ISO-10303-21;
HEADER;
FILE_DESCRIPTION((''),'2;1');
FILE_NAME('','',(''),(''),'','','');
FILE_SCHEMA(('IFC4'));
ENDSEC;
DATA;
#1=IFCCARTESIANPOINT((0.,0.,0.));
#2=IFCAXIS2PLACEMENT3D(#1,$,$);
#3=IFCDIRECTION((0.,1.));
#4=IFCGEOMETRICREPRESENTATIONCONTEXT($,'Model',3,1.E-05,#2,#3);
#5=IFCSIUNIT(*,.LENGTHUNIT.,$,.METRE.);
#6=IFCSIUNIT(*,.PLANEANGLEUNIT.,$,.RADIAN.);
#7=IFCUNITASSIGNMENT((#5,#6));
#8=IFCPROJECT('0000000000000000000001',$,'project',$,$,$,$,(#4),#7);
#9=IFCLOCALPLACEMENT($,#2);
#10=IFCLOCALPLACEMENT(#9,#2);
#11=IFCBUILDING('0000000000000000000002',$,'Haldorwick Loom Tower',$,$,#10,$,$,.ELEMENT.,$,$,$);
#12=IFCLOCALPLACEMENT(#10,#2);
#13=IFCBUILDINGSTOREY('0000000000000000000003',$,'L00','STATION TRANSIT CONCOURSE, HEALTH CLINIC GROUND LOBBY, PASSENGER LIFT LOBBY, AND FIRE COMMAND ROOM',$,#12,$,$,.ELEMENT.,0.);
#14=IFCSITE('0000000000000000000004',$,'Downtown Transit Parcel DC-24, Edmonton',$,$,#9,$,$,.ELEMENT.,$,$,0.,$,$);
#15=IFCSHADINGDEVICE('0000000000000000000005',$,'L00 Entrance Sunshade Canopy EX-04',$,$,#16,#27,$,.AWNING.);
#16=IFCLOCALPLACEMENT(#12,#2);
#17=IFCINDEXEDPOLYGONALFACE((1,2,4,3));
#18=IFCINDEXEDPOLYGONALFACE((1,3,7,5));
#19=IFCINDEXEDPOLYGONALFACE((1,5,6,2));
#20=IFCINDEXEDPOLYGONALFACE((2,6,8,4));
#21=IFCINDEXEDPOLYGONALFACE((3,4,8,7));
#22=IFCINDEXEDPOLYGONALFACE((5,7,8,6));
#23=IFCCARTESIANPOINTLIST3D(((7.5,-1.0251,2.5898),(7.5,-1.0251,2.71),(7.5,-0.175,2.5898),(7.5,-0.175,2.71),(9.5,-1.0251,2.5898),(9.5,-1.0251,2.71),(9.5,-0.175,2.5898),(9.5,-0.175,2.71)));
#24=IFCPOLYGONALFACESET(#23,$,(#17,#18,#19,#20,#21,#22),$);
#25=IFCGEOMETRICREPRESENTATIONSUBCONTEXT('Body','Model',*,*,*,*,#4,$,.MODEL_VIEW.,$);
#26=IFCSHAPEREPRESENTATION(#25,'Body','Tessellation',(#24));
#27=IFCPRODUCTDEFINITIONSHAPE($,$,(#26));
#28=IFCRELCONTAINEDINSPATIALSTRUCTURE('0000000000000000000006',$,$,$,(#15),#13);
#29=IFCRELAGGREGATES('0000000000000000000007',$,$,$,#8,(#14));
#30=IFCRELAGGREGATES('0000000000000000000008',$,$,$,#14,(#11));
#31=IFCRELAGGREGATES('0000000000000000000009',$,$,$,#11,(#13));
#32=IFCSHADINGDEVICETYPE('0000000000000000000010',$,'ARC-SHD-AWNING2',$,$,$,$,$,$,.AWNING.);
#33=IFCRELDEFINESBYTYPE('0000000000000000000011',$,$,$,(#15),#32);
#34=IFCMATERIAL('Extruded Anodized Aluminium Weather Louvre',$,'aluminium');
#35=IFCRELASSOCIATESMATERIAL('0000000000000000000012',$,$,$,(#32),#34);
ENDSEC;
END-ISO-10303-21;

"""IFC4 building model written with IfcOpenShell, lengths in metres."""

from ifc_helpers import new_model, si_unit, direction, frame, origin, origin_2d, place, context, subcontext, project, spatial, rectangle, extrude, material, type_object, element, save


model = new_model("IFC4")

# Units and contexts
model_context = context("Model", 3, precision=1e-05, world=origin(), true_north=direction((0.0, 1.0)))
body_context = subcontext(model_context, "Body", "Model", "MODEL_VIEW")
ifc_project = project(units=[si_unit("LENGTHUNIT", "METRE"), si_unit("PLANEANGLEUNIT", "RADIAN")], contexts=[model_context])

# Site, building, storey
site_placement = place(None, origin())
site = spatial("IfcSite", under=ifc_project, at=site_placement, Name="Downtown Transit Parcel DC-24, Edmonton", CompositionType="ELEMENT", RefElevation=0.0)
building_placement = place(site_placement, origin())
building = spatial("IfcBuilding", under=site, at=building_placement, Name="Haldorwick Loom Tower", CompositionType="ELEMENT")
storey_placement = place(building_placement, origin())
storey = spatial("IfcBuildingStorey", under=building, at=storey_placement, Name="L00", Description="STATION TRANSIT CONCOURSE, HEALTH CLINIC GROUND LOBBY, PASSENGER LIFT LOBBY, AND FIRE COMMAND ROOM", CompositionType="ELEMENT", Elevation=0.0)

# Shading device
ifc_material_1 = material(Name="Extruded Anodized Aluminium Weather Louvre", Category="aluminium")
shading_device_type = type_object("IfcShadingDeviceType", Name="ARC-SHD-AWNING2", PredefinedType="AWNING", material=ifc_material_1)
shading_device_placement = place(storey_placement, frame((8.5, -0.6001, 2.5898), z_axis=(0.0, 0.0, 1.0), x_axis=(1.0, 0.0, 0.0)))
element("IfcShadingDevice", 1, at=shading_device_placement, inside=storey, type_object=shading_device_type, Name="L00 Entrance Sunshade Canopy EX-04", PredefinedType="AWNING", context=body_context, shape_type="SweptSolid", body=[
    extrude(rectangle(XDim=2.0, YDim=0.8501, at=origin_2d()), origin(), (0.0, 0.0, 1.0), 0.1201),
])

save(model, "model.ifc")
